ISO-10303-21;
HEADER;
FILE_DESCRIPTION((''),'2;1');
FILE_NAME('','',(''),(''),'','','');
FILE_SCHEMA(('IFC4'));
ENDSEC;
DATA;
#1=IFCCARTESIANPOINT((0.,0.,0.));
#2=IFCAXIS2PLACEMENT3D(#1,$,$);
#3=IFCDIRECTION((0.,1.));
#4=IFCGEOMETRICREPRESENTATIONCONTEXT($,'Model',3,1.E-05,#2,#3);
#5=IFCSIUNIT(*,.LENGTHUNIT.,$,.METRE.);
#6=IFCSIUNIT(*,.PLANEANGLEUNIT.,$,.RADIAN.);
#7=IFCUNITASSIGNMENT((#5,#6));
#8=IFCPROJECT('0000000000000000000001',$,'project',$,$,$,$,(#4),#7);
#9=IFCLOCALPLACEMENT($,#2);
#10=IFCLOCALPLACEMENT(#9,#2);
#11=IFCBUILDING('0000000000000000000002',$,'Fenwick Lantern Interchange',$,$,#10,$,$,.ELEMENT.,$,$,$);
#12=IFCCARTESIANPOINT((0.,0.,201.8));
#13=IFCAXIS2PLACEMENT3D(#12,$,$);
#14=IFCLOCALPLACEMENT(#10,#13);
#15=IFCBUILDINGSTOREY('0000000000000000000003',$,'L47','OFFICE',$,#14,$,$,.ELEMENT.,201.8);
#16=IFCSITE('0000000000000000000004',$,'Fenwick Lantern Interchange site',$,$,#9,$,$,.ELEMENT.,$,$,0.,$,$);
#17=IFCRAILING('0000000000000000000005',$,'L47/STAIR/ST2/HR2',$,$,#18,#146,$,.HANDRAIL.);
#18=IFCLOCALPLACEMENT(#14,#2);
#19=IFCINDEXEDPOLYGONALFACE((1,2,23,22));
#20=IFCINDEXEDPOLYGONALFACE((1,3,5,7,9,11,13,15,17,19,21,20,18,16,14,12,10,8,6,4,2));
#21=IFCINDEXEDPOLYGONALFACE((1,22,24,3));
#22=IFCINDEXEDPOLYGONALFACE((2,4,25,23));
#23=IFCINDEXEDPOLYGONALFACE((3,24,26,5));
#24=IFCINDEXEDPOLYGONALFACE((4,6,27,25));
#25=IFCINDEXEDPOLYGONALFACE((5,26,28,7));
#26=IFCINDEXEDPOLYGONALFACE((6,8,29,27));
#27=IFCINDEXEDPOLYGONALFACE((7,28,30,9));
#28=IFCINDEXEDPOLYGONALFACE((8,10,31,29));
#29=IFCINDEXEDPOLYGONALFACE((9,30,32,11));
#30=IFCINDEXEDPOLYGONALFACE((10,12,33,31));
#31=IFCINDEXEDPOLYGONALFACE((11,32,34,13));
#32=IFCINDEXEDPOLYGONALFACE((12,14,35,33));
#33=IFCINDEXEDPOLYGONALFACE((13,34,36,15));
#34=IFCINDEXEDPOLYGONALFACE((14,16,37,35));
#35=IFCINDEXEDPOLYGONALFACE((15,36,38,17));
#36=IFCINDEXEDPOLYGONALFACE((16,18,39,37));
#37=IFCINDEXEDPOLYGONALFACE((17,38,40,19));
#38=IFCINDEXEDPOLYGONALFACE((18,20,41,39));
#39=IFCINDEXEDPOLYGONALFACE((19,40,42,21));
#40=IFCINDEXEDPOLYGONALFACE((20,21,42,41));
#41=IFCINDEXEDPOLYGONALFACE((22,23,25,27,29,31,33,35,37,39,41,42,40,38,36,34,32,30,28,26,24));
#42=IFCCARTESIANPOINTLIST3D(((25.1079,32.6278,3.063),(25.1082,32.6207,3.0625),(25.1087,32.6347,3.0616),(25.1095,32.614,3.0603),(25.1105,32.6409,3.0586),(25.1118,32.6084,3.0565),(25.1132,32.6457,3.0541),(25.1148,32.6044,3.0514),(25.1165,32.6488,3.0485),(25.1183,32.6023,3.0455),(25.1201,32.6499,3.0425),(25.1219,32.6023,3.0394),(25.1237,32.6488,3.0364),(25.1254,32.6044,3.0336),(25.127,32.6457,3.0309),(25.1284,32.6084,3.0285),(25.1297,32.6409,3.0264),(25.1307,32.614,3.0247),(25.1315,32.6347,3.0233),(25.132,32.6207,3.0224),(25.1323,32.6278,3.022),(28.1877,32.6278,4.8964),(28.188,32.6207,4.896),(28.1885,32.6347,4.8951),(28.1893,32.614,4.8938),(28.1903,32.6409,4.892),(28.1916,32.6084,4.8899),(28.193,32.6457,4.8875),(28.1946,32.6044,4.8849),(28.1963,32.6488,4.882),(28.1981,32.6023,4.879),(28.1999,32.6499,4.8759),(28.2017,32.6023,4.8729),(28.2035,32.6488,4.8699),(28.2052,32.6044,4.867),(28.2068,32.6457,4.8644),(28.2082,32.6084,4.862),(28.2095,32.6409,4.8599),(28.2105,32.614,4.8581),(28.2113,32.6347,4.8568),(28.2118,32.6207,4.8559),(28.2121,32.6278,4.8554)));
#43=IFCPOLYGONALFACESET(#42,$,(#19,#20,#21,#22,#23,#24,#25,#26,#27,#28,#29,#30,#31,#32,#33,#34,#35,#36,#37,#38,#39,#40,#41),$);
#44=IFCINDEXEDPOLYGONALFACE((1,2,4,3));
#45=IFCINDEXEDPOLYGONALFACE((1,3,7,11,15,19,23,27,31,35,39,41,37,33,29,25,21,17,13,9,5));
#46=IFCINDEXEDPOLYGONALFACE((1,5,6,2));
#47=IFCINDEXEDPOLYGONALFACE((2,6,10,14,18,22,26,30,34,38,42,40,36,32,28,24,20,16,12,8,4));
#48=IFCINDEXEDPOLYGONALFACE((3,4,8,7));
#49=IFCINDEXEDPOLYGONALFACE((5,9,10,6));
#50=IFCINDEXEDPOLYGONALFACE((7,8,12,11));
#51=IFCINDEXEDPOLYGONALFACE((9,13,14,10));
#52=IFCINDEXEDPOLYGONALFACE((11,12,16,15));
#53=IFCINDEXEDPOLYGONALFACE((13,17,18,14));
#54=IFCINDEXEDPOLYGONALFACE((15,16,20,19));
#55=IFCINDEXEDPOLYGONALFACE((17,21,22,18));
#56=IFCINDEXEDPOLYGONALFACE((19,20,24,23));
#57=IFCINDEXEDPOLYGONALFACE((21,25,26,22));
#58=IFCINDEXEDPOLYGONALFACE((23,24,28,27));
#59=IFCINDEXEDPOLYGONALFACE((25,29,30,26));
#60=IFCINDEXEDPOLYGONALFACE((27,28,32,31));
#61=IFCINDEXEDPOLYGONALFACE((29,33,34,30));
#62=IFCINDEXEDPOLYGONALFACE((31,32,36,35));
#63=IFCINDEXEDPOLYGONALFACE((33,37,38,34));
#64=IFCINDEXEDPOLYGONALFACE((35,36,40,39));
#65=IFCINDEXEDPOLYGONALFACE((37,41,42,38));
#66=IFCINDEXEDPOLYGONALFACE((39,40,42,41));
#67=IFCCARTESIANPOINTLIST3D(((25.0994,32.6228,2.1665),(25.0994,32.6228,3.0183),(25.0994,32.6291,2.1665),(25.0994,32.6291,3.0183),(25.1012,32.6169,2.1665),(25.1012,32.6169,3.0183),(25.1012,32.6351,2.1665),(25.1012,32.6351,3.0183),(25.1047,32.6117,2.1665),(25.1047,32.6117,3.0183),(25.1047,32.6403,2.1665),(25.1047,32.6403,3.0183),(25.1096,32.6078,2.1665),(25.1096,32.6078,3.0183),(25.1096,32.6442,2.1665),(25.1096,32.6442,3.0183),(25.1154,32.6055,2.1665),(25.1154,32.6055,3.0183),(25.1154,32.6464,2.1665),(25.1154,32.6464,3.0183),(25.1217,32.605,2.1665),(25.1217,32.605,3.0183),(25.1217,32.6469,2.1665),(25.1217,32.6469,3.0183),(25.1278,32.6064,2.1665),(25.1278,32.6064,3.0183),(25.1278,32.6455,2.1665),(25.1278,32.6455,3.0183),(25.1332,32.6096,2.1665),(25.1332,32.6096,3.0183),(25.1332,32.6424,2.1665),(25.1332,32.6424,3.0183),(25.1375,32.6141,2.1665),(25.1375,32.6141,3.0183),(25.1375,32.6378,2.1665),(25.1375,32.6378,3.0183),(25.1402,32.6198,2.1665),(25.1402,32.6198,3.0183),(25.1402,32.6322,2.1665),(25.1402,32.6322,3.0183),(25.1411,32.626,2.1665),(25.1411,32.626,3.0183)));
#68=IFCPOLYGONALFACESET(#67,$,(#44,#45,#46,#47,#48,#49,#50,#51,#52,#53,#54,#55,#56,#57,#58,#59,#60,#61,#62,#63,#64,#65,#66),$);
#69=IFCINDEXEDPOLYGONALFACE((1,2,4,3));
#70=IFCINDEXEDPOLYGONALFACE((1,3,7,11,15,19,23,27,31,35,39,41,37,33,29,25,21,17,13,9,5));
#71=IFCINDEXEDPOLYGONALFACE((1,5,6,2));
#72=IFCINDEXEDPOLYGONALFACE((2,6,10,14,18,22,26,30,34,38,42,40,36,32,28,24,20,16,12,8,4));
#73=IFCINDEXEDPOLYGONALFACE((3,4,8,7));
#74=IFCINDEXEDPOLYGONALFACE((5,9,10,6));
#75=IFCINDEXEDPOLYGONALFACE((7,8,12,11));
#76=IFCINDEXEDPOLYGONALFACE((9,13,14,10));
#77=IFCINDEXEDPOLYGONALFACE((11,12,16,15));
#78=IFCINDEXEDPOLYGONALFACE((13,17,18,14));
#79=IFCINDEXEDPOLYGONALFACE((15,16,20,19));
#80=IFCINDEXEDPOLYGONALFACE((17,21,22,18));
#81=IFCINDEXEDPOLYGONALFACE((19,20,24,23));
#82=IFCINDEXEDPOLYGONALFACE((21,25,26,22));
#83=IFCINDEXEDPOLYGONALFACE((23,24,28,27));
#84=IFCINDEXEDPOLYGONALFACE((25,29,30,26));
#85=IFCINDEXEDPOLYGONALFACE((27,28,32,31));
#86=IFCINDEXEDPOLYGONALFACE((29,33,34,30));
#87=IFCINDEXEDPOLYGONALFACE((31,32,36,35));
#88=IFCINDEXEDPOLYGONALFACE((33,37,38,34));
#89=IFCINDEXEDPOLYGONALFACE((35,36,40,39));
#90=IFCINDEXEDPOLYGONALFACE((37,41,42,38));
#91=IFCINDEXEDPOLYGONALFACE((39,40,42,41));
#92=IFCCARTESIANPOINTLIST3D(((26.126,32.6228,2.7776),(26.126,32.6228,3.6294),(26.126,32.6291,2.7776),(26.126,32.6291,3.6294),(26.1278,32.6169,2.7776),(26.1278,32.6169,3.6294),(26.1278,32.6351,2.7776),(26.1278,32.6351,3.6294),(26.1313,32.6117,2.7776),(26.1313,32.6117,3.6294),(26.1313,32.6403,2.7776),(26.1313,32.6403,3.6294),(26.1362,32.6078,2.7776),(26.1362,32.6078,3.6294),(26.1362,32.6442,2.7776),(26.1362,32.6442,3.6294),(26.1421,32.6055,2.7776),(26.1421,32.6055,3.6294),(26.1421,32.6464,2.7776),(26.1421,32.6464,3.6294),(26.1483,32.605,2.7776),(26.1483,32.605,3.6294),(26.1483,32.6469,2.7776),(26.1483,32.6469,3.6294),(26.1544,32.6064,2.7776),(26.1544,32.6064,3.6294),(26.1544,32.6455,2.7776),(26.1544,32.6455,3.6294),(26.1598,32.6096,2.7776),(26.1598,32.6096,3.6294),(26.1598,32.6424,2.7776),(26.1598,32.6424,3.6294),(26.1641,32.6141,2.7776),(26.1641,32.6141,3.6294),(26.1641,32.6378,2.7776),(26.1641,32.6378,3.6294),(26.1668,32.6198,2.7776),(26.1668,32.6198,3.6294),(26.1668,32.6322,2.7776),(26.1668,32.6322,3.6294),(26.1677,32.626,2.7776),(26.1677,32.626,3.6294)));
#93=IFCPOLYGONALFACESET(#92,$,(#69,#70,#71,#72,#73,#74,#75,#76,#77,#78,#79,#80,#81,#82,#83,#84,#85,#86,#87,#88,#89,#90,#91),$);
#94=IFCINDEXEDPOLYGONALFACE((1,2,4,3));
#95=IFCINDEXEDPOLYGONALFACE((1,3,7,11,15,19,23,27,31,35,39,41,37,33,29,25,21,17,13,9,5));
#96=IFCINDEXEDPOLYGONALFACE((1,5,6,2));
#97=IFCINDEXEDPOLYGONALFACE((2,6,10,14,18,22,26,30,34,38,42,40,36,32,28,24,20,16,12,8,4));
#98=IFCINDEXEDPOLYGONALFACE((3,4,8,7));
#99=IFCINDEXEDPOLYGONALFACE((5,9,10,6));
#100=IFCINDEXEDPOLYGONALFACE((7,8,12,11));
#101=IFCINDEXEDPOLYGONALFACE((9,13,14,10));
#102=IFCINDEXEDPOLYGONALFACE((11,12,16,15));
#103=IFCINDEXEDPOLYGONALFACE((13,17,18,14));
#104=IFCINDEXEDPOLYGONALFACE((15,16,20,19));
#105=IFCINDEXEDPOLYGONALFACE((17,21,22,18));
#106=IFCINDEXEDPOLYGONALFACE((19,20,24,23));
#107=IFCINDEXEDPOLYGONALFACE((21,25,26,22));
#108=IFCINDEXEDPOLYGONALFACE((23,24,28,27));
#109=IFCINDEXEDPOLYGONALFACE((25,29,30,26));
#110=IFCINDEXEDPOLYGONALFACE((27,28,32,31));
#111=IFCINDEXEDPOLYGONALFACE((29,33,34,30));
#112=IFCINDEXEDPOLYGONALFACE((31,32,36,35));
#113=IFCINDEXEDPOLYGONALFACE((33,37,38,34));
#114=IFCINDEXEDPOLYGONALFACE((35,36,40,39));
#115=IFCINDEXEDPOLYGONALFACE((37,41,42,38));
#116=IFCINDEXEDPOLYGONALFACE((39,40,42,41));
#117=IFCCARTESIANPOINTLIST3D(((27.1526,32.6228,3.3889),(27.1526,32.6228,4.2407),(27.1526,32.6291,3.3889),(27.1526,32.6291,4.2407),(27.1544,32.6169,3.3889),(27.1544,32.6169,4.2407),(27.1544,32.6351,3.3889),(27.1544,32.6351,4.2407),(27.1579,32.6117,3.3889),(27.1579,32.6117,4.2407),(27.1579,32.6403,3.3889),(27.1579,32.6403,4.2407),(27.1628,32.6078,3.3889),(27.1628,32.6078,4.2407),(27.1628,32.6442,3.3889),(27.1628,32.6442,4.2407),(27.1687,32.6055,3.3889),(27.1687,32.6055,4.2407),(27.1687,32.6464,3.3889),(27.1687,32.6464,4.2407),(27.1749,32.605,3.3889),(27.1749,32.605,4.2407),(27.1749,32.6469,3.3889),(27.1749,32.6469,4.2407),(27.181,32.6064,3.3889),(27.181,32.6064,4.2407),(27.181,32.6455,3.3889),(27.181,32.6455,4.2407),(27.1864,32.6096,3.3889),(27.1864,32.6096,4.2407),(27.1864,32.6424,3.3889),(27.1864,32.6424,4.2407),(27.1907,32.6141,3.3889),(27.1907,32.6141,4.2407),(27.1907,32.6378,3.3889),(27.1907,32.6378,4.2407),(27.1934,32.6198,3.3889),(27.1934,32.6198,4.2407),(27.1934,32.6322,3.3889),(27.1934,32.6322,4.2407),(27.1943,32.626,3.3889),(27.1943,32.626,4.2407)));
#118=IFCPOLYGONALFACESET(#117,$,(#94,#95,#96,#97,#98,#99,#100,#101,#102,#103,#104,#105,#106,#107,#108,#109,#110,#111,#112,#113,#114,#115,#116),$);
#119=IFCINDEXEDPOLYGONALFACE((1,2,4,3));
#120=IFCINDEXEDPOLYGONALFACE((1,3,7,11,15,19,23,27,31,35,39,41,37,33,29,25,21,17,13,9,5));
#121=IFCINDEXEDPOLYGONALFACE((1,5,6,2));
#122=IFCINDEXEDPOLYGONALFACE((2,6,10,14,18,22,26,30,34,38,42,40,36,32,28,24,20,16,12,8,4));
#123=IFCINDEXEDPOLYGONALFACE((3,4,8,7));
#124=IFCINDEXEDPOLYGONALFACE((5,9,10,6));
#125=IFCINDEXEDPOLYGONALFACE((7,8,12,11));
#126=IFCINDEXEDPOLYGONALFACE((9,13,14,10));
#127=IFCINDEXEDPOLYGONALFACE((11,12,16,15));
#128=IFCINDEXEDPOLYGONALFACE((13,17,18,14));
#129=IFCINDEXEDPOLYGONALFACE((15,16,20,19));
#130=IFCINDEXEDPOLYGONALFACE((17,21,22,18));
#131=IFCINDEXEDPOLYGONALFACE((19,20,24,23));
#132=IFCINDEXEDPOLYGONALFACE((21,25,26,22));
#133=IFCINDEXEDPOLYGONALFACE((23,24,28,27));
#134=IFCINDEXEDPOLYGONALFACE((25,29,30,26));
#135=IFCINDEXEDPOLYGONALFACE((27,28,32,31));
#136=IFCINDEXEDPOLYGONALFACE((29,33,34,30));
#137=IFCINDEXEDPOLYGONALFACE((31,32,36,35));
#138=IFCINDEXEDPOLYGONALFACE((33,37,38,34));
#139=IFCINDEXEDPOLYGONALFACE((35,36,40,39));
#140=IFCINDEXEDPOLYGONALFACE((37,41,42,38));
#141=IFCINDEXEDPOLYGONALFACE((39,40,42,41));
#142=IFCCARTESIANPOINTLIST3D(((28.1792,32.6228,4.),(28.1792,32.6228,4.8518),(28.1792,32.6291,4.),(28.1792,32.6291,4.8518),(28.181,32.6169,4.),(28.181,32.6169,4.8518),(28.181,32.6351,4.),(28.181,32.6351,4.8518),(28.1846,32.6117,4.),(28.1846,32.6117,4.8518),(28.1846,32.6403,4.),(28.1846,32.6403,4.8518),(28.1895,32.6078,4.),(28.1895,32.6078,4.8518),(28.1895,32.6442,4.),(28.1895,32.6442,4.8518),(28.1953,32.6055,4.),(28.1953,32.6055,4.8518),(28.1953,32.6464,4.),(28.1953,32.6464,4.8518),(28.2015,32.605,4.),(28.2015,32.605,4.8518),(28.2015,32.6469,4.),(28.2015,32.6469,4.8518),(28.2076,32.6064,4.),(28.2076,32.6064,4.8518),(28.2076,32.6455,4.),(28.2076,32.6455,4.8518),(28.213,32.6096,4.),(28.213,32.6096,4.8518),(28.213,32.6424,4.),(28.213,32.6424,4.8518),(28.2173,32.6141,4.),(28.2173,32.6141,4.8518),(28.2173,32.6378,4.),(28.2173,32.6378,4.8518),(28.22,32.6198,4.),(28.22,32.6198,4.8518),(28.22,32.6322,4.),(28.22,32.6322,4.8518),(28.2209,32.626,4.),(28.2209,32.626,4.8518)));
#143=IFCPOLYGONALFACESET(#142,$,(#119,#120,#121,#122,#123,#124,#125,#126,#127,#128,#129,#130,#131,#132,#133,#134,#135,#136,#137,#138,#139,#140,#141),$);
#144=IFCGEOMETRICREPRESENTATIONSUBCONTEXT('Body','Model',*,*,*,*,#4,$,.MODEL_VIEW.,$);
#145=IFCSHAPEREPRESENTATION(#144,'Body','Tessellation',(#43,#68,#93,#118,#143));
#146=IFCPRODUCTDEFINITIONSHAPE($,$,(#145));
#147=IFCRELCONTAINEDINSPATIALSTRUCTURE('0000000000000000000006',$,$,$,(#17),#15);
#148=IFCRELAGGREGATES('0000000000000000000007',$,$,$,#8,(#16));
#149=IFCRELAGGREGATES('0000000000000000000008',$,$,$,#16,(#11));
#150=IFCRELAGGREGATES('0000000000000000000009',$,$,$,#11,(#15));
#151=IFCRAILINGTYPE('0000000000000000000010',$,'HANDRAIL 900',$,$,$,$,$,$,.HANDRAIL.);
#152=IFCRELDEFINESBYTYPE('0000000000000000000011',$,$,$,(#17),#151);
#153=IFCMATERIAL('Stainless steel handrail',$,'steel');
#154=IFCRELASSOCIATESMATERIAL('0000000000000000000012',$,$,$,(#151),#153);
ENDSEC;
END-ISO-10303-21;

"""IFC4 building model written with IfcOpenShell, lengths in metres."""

from ifc_helpers import new_model, si_unit, direction, frame, origin, origin_2d, place, context, subcontext, project, spatial, circle, extrude, material, type_object, element, save


model = new_model("IFC4")

# Units and contexts
model_context = context("Model", 3, precision=1e-05, world=origin(), true_north=direction((0.0, 1.0)))
body_context = subcontext(model_context, "Body", "Model", "MODEL_VIEW")
ifc_project = project(units=[si_unit("LENGTHUNIT", "METRE"), si_unit("PLANEANGLEUNIT", "RADIAN")], contexts=[model_context])

# Site, building, storey
site_placement = place(None, origin())
site = spatial("IfcSite", under=ifc_project, at=site_placement, Name="Fenwick Lantern Interchange site", CompositionType="ELEMENT", RefElevation=0.0)
building_placement = place(site_placement, origin())
building = spatial("IfcBuilding", under=site, at=building_placement, Name="Fenwick Lantern Interchange", CompositionType="ELEMENT")
storey_placement = place(building_placement, frame((0.0, 0.0, 201.8)))
storey = spatial("IfcBuildingStorey", under=building, at=storey_placement, Name="L47", Description="OFFICE", CompositionType="ELEMENT", Elevation=201.8)

# Railing
ifc_material_1 = material(Name="Stainless steel handrail", Category="steel")
railing_type = type_object("IfcRailingType", Name="HANDRAIL 900", PredefinedType="HANDRAIL", material=ifc_material_1)
railing_1_placement = place(storey_placement, frame((25.1201, 32.626, 2.1665)))
element("IfcRailing", 1, at=railing_1_placement, inside=storey, type_object=railing_type, Name="L47/STAIR/ST2/HR2", PredefinedType="HANDRAIL", context=body_context, shape_type="SweptSolid", body=[
    extrude(circle(Radius=0.0239, at=origin_2d()), frame((0.0, 0.0, 0.876), z_axis=(0.859261, 0.0, 0.511538), x_axis=(0.0, 1.0, 0.0)), (0.0, 0.0, 1.0), 3.5842),
    extrude(circle(Radius=0.021, at=origin_2d()), origin(), (0.0, 0.0, 1.0), 0.8518),
    extrude(circle(Radius=0.021, at=origin_2d()), frame((1.0266, 0.0, 0.6111)), (0.0, 0.0, 1.0), 0.8518),
    extrude(circle(Radius=0.021, at=origin_2d()), frame((2.0532, 0.0, 1.2224)), (0.0, 0.0, 1.0), 0.8518),
    extrude(circle(Radius=0.021, at=origin_2d()), frame((3.0798, 0.0, 1.8335)), (0.0, 0.0, 1.0), 0.8518),
])

save(model, "model.ifc")
